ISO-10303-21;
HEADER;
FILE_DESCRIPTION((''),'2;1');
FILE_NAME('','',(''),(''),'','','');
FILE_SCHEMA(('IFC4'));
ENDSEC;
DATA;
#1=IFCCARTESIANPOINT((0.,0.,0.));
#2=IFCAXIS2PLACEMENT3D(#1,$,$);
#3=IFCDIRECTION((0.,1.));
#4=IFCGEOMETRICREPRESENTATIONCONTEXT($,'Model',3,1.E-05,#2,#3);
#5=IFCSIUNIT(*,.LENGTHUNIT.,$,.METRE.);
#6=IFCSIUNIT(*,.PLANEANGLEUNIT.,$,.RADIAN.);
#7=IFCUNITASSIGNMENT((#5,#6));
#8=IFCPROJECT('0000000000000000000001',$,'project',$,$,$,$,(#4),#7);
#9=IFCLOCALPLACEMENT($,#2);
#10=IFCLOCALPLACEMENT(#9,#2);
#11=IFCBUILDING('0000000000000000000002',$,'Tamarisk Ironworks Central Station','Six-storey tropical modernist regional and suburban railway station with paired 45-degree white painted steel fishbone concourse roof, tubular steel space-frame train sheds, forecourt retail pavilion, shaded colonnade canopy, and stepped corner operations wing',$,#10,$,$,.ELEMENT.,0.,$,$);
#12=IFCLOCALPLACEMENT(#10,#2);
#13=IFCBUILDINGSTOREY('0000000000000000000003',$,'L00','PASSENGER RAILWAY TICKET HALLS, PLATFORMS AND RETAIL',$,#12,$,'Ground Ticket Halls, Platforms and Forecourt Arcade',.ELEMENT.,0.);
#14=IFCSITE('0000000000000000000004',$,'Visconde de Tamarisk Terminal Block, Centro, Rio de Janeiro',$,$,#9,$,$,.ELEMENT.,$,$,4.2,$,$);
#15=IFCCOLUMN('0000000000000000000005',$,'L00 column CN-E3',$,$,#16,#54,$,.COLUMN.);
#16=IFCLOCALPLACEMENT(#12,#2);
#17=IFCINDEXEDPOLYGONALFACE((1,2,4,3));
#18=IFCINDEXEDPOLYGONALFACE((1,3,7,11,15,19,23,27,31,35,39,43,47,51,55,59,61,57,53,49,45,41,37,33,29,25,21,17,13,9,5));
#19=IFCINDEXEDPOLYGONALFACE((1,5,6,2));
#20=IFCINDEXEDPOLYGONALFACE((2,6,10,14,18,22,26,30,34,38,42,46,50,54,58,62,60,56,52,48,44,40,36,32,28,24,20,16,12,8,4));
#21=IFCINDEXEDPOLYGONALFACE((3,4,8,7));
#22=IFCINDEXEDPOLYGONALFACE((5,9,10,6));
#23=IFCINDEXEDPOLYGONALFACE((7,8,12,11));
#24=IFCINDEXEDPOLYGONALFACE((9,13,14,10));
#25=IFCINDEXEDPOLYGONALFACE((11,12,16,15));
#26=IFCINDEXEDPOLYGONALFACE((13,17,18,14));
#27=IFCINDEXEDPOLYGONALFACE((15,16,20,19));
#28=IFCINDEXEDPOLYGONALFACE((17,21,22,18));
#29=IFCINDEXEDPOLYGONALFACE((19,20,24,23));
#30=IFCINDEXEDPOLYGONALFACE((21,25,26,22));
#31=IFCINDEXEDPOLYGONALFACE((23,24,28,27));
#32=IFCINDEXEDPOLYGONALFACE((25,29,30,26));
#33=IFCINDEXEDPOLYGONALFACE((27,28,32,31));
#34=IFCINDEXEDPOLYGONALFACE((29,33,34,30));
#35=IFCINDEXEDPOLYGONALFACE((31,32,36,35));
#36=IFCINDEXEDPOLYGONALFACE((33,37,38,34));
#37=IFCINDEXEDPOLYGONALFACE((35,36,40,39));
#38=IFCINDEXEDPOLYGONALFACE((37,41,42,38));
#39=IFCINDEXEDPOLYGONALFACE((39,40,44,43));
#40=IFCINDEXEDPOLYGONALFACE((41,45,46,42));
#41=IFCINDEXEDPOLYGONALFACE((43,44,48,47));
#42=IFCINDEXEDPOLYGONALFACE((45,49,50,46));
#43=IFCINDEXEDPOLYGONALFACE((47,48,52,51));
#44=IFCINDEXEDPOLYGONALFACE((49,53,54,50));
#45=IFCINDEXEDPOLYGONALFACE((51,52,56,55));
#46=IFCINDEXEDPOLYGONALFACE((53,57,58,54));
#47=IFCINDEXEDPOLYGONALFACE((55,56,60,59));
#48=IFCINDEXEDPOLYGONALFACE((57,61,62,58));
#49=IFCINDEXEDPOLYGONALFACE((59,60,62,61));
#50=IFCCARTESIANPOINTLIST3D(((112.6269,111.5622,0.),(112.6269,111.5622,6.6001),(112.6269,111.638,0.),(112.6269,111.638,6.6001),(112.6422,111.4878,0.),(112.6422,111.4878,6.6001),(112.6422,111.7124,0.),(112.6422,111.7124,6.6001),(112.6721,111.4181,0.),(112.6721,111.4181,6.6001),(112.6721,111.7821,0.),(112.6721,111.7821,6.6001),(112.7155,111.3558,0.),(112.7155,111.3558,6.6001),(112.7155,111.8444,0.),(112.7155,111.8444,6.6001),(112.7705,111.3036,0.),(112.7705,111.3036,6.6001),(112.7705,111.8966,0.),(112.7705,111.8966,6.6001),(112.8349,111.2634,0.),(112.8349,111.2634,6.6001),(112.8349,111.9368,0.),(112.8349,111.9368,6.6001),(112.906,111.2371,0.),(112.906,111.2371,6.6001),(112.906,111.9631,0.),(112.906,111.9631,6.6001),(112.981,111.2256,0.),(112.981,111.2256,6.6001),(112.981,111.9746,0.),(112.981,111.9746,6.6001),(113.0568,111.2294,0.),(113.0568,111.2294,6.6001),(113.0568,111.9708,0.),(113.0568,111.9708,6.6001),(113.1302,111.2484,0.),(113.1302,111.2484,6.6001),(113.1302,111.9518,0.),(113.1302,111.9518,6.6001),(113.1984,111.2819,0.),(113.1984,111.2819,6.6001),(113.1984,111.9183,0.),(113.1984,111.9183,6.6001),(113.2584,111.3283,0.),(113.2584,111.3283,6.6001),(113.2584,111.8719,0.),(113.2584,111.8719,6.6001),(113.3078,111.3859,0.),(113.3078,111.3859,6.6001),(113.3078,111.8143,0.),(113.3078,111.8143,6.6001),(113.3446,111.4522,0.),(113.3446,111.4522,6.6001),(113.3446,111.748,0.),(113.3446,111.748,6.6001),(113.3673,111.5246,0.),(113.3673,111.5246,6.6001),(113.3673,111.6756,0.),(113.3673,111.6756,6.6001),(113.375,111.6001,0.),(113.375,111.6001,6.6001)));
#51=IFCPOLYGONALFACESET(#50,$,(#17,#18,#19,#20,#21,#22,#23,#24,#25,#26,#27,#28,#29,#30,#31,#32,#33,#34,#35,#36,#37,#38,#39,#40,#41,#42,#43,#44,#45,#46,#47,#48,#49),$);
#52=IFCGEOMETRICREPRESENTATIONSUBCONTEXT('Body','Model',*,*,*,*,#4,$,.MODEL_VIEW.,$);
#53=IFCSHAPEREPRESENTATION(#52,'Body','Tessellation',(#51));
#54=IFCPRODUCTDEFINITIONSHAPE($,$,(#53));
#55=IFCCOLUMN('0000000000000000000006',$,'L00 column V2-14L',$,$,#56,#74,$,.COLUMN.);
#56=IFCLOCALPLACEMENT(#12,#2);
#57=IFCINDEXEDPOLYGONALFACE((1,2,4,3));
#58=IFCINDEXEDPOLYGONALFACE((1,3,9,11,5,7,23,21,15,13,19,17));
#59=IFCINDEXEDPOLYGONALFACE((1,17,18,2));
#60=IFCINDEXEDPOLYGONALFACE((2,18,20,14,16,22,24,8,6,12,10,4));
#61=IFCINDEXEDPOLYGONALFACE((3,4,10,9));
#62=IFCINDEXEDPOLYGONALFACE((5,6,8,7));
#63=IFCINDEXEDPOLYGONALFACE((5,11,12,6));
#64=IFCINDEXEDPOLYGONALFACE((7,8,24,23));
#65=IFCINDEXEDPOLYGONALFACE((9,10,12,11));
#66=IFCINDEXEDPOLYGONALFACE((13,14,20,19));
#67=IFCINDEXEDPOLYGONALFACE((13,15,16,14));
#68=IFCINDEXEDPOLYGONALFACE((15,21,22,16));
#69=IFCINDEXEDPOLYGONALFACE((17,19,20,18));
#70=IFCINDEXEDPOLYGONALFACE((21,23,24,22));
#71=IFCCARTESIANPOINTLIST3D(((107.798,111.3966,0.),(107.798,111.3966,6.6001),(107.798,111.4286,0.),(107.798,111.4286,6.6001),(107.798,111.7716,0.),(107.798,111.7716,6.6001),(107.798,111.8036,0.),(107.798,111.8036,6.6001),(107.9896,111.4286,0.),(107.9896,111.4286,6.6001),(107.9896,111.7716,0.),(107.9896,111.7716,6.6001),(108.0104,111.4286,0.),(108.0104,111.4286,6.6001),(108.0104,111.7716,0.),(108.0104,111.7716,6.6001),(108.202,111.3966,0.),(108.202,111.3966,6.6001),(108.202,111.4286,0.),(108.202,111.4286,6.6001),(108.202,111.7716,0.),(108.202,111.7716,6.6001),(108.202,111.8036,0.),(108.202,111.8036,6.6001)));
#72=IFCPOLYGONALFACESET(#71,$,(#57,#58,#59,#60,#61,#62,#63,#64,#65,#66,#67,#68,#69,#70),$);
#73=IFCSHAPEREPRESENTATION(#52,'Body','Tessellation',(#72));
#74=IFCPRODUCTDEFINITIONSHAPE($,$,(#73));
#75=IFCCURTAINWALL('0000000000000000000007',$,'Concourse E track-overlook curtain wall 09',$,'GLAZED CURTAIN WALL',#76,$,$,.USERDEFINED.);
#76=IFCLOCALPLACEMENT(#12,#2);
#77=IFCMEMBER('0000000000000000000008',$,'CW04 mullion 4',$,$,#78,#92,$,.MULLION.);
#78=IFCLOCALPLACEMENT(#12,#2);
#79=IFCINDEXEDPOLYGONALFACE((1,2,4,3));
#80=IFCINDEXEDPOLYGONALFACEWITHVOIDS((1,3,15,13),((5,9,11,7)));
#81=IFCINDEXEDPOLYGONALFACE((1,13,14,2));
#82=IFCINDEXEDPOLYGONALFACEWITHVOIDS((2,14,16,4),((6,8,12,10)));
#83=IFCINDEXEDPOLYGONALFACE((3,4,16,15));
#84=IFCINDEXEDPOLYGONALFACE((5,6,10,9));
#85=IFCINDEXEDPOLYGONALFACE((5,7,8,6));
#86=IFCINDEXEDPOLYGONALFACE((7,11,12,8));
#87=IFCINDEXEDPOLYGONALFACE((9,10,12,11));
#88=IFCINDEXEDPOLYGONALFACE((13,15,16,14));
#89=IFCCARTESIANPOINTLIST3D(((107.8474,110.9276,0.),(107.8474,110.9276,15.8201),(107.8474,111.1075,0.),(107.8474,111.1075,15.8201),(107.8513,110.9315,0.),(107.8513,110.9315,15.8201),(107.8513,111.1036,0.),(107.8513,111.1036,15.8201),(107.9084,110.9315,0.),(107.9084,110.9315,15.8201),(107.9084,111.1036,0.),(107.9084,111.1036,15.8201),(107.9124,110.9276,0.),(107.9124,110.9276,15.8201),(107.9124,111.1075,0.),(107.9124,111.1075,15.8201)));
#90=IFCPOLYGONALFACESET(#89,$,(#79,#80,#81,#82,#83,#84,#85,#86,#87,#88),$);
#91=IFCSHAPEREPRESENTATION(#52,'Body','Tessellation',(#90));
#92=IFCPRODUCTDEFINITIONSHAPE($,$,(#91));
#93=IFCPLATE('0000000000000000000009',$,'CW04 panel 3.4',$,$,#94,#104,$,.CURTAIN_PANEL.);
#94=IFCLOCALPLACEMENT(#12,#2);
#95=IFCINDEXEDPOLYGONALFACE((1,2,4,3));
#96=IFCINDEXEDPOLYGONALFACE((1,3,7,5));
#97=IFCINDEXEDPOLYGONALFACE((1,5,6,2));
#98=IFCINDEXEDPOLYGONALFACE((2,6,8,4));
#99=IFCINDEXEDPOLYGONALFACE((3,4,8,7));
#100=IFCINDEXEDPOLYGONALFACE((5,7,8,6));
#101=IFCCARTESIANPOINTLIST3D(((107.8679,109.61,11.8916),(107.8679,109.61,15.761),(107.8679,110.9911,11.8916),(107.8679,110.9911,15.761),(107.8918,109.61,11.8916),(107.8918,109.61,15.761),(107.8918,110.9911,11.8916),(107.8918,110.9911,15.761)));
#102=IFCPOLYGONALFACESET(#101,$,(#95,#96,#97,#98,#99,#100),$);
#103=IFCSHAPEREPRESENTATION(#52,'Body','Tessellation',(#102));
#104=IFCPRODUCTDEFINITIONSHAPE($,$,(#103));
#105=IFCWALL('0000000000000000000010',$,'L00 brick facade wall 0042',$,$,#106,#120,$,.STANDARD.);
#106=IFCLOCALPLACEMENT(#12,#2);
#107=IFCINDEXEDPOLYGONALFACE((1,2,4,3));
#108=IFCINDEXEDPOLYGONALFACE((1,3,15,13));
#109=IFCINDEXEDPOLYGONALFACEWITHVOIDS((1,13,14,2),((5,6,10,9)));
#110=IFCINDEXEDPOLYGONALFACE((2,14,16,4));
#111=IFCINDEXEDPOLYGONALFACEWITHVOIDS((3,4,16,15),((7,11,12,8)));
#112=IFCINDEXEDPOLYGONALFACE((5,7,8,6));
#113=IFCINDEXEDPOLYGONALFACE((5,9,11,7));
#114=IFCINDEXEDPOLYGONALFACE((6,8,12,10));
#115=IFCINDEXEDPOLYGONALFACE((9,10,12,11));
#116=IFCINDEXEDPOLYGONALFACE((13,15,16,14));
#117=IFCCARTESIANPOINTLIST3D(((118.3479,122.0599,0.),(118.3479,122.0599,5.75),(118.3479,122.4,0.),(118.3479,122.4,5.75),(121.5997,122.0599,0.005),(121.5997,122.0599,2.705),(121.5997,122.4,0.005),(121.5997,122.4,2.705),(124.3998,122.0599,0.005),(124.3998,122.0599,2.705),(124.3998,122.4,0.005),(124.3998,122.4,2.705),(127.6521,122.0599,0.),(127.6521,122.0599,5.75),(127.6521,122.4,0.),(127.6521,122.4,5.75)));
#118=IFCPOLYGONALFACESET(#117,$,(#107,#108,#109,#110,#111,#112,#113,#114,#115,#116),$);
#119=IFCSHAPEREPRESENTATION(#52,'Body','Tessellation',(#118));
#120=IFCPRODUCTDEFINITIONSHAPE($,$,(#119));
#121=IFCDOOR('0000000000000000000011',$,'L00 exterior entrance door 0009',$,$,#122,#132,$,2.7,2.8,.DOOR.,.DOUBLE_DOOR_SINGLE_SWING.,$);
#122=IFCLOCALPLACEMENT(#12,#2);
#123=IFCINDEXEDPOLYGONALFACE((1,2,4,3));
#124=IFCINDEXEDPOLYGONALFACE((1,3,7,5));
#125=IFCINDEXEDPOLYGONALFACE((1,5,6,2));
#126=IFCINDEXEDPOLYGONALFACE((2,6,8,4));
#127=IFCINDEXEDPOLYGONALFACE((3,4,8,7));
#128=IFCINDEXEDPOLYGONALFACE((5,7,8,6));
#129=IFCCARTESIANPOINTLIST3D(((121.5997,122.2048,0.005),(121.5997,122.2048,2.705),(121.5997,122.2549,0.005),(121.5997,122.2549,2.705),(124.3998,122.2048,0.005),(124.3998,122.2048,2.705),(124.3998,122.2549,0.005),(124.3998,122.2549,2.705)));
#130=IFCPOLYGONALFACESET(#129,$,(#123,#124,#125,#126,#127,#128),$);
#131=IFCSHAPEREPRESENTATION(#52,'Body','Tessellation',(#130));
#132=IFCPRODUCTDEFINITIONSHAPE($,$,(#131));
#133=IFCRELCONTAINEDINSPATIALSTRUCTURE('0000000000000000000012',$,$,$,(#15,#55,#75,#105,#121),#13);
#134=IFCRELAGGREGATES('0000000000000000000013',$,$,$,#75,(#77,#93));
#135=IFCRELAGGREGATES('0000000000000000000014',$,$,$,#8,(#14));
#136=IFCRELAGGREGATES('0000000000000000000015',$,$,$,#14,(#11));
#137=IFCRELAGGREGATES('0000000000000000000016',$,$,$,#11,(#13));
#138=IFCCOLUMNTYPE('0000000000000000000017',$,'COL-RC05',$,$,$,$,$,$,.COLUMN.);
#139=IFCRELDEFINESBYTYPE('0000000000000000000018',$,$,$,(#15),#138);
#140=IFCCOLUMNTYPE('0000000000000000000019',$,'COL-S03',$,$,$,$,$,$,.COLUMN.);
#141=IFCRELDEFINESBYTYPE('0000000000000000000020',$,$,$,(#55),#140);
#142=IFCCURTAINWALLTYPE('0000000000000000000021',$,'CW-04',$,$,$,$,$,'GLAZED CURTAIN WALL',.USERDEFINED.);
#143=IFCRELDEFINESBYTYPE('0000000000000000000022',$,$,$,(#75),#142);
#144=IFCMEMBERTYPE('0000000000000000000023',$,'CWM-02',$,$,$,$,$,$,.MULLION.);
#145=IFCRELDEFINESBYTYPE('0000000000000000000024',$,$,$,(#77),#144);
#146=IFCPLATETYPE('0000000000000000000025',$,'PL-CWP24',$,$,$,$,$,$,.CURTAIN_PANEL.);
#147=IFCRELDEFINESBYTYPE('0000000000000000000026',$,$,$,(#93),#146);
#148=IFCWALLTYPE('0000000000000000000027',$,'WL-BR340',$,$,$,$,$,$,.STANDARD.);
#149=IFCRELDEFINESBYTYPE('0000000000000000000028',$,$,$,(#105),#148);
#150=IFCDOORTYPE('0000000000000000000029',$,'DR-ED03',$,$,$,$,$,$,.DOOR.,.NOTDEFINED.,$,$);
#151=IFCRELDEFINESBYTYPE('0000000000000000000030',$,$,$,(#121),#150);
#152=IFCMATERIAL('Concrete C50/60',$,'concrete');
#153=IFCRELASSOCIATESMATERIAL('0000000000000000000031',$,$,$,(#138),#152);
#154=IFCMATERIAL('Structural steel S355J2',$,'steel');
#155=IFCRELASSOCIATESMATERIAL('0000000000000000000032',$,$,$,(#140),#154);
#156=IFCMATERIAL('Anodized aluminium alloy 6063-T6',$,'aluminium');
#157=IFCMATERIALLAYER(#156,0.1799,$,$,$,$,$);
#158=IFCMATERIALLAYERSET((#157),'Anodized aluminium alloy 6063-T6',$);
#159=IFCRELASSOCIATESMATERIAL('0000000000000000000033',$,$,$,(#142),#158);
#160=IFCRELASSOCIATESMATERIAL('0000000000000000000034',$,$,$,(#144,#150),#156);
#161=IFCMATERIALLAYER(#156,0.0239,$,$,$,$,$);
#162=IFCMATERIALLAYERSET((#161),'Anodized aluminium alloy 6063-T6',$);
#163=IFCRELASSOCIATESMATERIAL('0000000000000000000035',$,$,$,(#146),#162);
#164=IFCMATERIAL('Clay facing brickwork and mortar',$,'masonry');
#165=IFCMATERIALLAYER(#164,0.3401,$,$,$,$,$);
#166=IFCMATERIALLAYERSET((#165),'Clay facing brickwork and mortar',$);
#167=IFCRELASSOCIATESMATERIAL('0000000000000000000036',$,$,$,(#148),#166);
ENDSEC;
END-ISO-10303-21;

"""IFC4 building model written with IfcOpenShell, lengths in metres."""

from ifc_helpers import new_model, si_unit, direction, frame, frame_2d, origin, origin_2d, place, context, subcontext, project, spatial, rectangle, hollow_rectangle, circle, i_section, extrude, material, layer, layer_set, material_profile, profile_set, type_object, element, fill, aggregate, save


model = new_model("IFC4")

# Units and contexts
model_context = context("Model", 3, precision=1e-05, world=origin(), true_north=direction((0.0, 1.0)))
body_context = subcontext(model_context, "Body", "Model", "MODEL_VIEW")
ifc_project = project(units=[si_unit("LENGTHUNIT", "METRE"), si_unit("PLANEANGLEUNIT", "RADIAN")], contexts=[model_context])

# Site, building, storey
site_placement = place(None, origin())
site = spatial("IfcSite", under=ifc_project, at=site_placement, Name="Visconde de Tamarisk Terminal Block, Centro, Rio de Janeiro", CompositionType="ELEMENT", RefElevation=4.2)
building_placement = place(site_placement, origin())
building = spatial("IfcBuilding", under=site, at=building_placement, Name="Tamarisk Ironworks Central Station", Description="Six-storey tropical modernist regional and suburban railway station with paired 45-degree white painted steel fishbone concourse roof, tubular steel space-frame train sheds, forecourt retail pavilion, shaded colonnade canopy, and stepped corner operations wing", CompositionType="ELEMENT", ElevationOfRefHeight=0.0)
storey_placement = place(building_placement, origin())
storey = spatial("IfcBuildingStorey", under=building, at=storey_placement, Name="L00", Description="PASSENGER RAILWAY TICKET HALLS, PLATFORMS AND RETAIL", LongName="Ground Ticket Halls, Platforms and Forecourt Arcade", CompositionType="ELEMENT", Elevation=0.0)

# Columns
ifc_material_1 = material(Name="Concrete C50/60", Category="concrete")
ifc_material_profile_1 = material_profile(ifc_material_1, circle(Radius=0.375, at=origin_2d()), Name="RC D750")
ifc_profile_set_1 = profile_set([ifc_material_profile_1], Name="Concrete C50/60")
column_type_1 = type_object("IfcColumnType", Name="COL-RC05", PredefinedType="COLUMN", material=ifc_profile_set_1)
column_1_placement = place(storey_placement, frame((113.0, 111.6001, 0.0), z_axis=(0.0, 0.0, 1.0), x_axis=(1.0, 0.0, 0.0)))
element("IfcColumn", 1, at=column_1_placement, inside=storey, type_object=column_type_1, Name="L00 column CN-E3", PredefinedType="COLUMN", context=body_context, shape_type="SweptSolid", body=[
    extrude(circle(Radius=0.375, at=origin_2d()), origin(), (0.0, 0.0, 1.0), 6.6001),
])
ifc_material_2 = material(Name="Structural steel S355J2", Category="steel")
ifc_material_profile_2 = material_profile(ifc_material_2, i_section(OverallWidth=0.4041, OverallDepth=0.407, WebThickness=0.0208, FlangeThickness=0.032, at=origin_2d()), Name="HD 400x347")
ifc_profile_set_2 = profile_set([ifc_material_profile_2], Name="Structural steel S355J2")
column_type_2 = type_object("IfcColumnType", Name="COL-S03", PredefinedType="COLUMN", material=ifc_profile_set_2)
column_2_placement = place(storey_placement, frame((108.0, 111.6001, 0.0), z_axis=(0.0, 0.0, 1.0), x_axis=(1.0, 0.0, 0.0)))
element("IfcColumn", 2, at=column_2_placement, inside=storey, type_object=column_type_2, Name="L00 column V2-14L", PredefinedType="COLUMN", context=body_context, shape_type="SweptSolid", body=[
    extrude(i_section(OverallWidth=0.4041, OverallDepth=0.407, WebThickness=0.0208, FlangeThickness=0.032, at=origin_2d()), origin(), (0.0, 0.0, 1.0), 6.6001),
])

# Curtain wall, member, plate
ifc_material_3 = material(Name="Anodized aluminium alloy 6063-T6", Category="aluminium")
ifc_layer_1 = layer(ifc_material_3, 0.1799)
ifc_layer_set_1 = layer_set([ifc_layer_1], Name="Anodized aluminium alloy 6063-T6")
curtain_wall_type = type_object("IfcCurtainWallType", Name="CW-04", ElementType="GLAZED CURTAIN WALL", PredefinedType="USERDEFINED", material=ifc_layer_set_1)
curtain_wall_placement = place(storey_placement, origin())
curtain_wall = element("IfcCurtainWall", 3, at=curtain_wall_placement, inside=storey, type_object=curtain_wall_type, Name="Concourse E track-overlook curtain wall 09", ObjectType="GLAZED CURTAIN WALL", PredefinedType="USERDEFINED")
ifc_material_profile_3 = material_profile(ifc_material_3, hollow_rectangle(XDim=0.0649, YDim=0.1799, WallThickness=0.0039, at=origin_2d()), Name="ALUM 180x65")
ifc_profile_set_3 = profile_set([ifc_material_profile_3], Name="Anodized aluminium alloy 6063-T6")
member_type = type_object("IfcMemberType", Name="CWM-02", PredefinedType="MULLION", material=ifc_profile_set_3)
member_placement = place(storey_placement, frame((107.8799, 111.0176, 0.0), z_axis=(0.0, 0.0, 1.0), x_axis=(-1.0, 0.0, 0.0)))
member = element("IfcMember", 4, at=member_placement, type_object=member_type, Name="CW04 mullion 4", PredefinedType="MULLION", context=body_context, shape_type="SweptSolid", body=[
    extrude(hollow_rectangle(XDim=0.0649, YDim=0.1799, WallThickness=0.0039, at=origin_2d()), origin(), (0.0, 0.0, 1.0), 15.8201),
])
ifc_layer_2 = layer(ifc_material_3, 0.0239)
ifc_layer_set_2 = layer_set([ifc_layer_2], Name="Anodized aluminium alloy 6063-T6")
plate_type = type_object("IfcPlateType", Name="PL-CWP24", PredefinedType="CURTAIN_PANEL", material=ifc_layer_set_2)
plate_placement = place(storey_placement, frame((107.8799, 110.3005, 11.8916), z_axis=(0.0, 0.0, 1.0), x_axis=(0.0, 1.0, 0.0)))
plate = element("IfcPlate", 5, at=plate_placement, type_object=plate_type, Name="CW04 panel 3.4", PredefinedType="CURTAIN_PANEL", context=body_context, shape_type="SweptSolid", body=[
    extrude(rectangle(XDim=1.3811, YDim=0.0239, at=origin_2d()), origin(), (0.0, 0.0, 1.0), 3.8694),
])
aggregate(curtain_wall, [member, plate])

# Wall, opening, door
ifc_material_4 = material(Name="Clay facing brickwork and mortar", Category="masonry")
ifc_layer_3 = layer(ifc_material_4, 0.3401)
ifc_layer_set_3 = layer_set([ifc_layer_3], Name="Clay facing brickwork and mortar")
wall_type_1 = type_object("IfcWallType", Name="WL-BR340", PredefinedType="STANDARD", material=ifc_layer_set_3)
wall_1_placement = place(storey_placement, frame((118.3479, 122.23, 0.0), z_axis=(0.0, 0.0, 1.0), x_axis=(1.0, 0.0, 0.0)))
wall_1 = element("IfcWall", 6, at=wall_1_placement, inside=storey, type_object=wall_type_1, Name="L00 brick facade wall 0042", PredefinedType="STANDARD", context=body_context, shape_type="SweptSolid", body=[
    extrude(rectangle(XDim=9.3042, YDim=0.3401, at=frame_2d((4.6521, 0.0))), origin(), (0.0, 0.0, 1.0), 5.75),
])
opening_1_placement = place(wall_1_placement, frame((3.252, 0.0, 0.0049)))
opening_1 = element("IfcOpeningElement", 7, at=opening_1_placement, cuts=wall_1, PredefinedType="OPENING", context=body_context, shape_type="SweptSolid", body=[
    extrude(rectangle(XDim=2.8, YDim=2.7, at=frame_2d((1.3999, 1.3501))), frame((0.0, 0.1821, 0.0), z_axis=(0.0, -1.0, 0.0), x_axis=(1.0, 0.0, 0.0)), (0.0, 0.0, 1.0), 0.364),
])
door_type_1 = type_object("IfcDoorType", Name="DR-ED03", OperationType="NOTDEFINED", PredefinedType="DOOR", material=ifc_material_3)
door_1_placement = place(opening_1_placement, origin())
door_1 = element("IfcDoor", 8, at=door_1_placement, inside=storey, type_object=door_type_1, Name="L00 exterior entrance door 0009", OperationType="DOUBLE_DOOR_SINGLE_SWING", OverallHeight=2.7, OverallWidth=2.8, PredefinedType="DOOR", context=body_context, shape_type="SweptSolid", body=[
    extrude(rectangle(XDim=2.8, YDim=2.7, at=frame_2d((1.3999, 1.3501))), frame((0.0, 0.0249, 0.0), z_axis=(0.0, -1.0, 0.0), x_axis=(1.0, 0.0, 0.0)), (0.0, 0.0, 1.0), 0.05),
])
fill(opening_1, door_1)

save(model, "model.ifc")
